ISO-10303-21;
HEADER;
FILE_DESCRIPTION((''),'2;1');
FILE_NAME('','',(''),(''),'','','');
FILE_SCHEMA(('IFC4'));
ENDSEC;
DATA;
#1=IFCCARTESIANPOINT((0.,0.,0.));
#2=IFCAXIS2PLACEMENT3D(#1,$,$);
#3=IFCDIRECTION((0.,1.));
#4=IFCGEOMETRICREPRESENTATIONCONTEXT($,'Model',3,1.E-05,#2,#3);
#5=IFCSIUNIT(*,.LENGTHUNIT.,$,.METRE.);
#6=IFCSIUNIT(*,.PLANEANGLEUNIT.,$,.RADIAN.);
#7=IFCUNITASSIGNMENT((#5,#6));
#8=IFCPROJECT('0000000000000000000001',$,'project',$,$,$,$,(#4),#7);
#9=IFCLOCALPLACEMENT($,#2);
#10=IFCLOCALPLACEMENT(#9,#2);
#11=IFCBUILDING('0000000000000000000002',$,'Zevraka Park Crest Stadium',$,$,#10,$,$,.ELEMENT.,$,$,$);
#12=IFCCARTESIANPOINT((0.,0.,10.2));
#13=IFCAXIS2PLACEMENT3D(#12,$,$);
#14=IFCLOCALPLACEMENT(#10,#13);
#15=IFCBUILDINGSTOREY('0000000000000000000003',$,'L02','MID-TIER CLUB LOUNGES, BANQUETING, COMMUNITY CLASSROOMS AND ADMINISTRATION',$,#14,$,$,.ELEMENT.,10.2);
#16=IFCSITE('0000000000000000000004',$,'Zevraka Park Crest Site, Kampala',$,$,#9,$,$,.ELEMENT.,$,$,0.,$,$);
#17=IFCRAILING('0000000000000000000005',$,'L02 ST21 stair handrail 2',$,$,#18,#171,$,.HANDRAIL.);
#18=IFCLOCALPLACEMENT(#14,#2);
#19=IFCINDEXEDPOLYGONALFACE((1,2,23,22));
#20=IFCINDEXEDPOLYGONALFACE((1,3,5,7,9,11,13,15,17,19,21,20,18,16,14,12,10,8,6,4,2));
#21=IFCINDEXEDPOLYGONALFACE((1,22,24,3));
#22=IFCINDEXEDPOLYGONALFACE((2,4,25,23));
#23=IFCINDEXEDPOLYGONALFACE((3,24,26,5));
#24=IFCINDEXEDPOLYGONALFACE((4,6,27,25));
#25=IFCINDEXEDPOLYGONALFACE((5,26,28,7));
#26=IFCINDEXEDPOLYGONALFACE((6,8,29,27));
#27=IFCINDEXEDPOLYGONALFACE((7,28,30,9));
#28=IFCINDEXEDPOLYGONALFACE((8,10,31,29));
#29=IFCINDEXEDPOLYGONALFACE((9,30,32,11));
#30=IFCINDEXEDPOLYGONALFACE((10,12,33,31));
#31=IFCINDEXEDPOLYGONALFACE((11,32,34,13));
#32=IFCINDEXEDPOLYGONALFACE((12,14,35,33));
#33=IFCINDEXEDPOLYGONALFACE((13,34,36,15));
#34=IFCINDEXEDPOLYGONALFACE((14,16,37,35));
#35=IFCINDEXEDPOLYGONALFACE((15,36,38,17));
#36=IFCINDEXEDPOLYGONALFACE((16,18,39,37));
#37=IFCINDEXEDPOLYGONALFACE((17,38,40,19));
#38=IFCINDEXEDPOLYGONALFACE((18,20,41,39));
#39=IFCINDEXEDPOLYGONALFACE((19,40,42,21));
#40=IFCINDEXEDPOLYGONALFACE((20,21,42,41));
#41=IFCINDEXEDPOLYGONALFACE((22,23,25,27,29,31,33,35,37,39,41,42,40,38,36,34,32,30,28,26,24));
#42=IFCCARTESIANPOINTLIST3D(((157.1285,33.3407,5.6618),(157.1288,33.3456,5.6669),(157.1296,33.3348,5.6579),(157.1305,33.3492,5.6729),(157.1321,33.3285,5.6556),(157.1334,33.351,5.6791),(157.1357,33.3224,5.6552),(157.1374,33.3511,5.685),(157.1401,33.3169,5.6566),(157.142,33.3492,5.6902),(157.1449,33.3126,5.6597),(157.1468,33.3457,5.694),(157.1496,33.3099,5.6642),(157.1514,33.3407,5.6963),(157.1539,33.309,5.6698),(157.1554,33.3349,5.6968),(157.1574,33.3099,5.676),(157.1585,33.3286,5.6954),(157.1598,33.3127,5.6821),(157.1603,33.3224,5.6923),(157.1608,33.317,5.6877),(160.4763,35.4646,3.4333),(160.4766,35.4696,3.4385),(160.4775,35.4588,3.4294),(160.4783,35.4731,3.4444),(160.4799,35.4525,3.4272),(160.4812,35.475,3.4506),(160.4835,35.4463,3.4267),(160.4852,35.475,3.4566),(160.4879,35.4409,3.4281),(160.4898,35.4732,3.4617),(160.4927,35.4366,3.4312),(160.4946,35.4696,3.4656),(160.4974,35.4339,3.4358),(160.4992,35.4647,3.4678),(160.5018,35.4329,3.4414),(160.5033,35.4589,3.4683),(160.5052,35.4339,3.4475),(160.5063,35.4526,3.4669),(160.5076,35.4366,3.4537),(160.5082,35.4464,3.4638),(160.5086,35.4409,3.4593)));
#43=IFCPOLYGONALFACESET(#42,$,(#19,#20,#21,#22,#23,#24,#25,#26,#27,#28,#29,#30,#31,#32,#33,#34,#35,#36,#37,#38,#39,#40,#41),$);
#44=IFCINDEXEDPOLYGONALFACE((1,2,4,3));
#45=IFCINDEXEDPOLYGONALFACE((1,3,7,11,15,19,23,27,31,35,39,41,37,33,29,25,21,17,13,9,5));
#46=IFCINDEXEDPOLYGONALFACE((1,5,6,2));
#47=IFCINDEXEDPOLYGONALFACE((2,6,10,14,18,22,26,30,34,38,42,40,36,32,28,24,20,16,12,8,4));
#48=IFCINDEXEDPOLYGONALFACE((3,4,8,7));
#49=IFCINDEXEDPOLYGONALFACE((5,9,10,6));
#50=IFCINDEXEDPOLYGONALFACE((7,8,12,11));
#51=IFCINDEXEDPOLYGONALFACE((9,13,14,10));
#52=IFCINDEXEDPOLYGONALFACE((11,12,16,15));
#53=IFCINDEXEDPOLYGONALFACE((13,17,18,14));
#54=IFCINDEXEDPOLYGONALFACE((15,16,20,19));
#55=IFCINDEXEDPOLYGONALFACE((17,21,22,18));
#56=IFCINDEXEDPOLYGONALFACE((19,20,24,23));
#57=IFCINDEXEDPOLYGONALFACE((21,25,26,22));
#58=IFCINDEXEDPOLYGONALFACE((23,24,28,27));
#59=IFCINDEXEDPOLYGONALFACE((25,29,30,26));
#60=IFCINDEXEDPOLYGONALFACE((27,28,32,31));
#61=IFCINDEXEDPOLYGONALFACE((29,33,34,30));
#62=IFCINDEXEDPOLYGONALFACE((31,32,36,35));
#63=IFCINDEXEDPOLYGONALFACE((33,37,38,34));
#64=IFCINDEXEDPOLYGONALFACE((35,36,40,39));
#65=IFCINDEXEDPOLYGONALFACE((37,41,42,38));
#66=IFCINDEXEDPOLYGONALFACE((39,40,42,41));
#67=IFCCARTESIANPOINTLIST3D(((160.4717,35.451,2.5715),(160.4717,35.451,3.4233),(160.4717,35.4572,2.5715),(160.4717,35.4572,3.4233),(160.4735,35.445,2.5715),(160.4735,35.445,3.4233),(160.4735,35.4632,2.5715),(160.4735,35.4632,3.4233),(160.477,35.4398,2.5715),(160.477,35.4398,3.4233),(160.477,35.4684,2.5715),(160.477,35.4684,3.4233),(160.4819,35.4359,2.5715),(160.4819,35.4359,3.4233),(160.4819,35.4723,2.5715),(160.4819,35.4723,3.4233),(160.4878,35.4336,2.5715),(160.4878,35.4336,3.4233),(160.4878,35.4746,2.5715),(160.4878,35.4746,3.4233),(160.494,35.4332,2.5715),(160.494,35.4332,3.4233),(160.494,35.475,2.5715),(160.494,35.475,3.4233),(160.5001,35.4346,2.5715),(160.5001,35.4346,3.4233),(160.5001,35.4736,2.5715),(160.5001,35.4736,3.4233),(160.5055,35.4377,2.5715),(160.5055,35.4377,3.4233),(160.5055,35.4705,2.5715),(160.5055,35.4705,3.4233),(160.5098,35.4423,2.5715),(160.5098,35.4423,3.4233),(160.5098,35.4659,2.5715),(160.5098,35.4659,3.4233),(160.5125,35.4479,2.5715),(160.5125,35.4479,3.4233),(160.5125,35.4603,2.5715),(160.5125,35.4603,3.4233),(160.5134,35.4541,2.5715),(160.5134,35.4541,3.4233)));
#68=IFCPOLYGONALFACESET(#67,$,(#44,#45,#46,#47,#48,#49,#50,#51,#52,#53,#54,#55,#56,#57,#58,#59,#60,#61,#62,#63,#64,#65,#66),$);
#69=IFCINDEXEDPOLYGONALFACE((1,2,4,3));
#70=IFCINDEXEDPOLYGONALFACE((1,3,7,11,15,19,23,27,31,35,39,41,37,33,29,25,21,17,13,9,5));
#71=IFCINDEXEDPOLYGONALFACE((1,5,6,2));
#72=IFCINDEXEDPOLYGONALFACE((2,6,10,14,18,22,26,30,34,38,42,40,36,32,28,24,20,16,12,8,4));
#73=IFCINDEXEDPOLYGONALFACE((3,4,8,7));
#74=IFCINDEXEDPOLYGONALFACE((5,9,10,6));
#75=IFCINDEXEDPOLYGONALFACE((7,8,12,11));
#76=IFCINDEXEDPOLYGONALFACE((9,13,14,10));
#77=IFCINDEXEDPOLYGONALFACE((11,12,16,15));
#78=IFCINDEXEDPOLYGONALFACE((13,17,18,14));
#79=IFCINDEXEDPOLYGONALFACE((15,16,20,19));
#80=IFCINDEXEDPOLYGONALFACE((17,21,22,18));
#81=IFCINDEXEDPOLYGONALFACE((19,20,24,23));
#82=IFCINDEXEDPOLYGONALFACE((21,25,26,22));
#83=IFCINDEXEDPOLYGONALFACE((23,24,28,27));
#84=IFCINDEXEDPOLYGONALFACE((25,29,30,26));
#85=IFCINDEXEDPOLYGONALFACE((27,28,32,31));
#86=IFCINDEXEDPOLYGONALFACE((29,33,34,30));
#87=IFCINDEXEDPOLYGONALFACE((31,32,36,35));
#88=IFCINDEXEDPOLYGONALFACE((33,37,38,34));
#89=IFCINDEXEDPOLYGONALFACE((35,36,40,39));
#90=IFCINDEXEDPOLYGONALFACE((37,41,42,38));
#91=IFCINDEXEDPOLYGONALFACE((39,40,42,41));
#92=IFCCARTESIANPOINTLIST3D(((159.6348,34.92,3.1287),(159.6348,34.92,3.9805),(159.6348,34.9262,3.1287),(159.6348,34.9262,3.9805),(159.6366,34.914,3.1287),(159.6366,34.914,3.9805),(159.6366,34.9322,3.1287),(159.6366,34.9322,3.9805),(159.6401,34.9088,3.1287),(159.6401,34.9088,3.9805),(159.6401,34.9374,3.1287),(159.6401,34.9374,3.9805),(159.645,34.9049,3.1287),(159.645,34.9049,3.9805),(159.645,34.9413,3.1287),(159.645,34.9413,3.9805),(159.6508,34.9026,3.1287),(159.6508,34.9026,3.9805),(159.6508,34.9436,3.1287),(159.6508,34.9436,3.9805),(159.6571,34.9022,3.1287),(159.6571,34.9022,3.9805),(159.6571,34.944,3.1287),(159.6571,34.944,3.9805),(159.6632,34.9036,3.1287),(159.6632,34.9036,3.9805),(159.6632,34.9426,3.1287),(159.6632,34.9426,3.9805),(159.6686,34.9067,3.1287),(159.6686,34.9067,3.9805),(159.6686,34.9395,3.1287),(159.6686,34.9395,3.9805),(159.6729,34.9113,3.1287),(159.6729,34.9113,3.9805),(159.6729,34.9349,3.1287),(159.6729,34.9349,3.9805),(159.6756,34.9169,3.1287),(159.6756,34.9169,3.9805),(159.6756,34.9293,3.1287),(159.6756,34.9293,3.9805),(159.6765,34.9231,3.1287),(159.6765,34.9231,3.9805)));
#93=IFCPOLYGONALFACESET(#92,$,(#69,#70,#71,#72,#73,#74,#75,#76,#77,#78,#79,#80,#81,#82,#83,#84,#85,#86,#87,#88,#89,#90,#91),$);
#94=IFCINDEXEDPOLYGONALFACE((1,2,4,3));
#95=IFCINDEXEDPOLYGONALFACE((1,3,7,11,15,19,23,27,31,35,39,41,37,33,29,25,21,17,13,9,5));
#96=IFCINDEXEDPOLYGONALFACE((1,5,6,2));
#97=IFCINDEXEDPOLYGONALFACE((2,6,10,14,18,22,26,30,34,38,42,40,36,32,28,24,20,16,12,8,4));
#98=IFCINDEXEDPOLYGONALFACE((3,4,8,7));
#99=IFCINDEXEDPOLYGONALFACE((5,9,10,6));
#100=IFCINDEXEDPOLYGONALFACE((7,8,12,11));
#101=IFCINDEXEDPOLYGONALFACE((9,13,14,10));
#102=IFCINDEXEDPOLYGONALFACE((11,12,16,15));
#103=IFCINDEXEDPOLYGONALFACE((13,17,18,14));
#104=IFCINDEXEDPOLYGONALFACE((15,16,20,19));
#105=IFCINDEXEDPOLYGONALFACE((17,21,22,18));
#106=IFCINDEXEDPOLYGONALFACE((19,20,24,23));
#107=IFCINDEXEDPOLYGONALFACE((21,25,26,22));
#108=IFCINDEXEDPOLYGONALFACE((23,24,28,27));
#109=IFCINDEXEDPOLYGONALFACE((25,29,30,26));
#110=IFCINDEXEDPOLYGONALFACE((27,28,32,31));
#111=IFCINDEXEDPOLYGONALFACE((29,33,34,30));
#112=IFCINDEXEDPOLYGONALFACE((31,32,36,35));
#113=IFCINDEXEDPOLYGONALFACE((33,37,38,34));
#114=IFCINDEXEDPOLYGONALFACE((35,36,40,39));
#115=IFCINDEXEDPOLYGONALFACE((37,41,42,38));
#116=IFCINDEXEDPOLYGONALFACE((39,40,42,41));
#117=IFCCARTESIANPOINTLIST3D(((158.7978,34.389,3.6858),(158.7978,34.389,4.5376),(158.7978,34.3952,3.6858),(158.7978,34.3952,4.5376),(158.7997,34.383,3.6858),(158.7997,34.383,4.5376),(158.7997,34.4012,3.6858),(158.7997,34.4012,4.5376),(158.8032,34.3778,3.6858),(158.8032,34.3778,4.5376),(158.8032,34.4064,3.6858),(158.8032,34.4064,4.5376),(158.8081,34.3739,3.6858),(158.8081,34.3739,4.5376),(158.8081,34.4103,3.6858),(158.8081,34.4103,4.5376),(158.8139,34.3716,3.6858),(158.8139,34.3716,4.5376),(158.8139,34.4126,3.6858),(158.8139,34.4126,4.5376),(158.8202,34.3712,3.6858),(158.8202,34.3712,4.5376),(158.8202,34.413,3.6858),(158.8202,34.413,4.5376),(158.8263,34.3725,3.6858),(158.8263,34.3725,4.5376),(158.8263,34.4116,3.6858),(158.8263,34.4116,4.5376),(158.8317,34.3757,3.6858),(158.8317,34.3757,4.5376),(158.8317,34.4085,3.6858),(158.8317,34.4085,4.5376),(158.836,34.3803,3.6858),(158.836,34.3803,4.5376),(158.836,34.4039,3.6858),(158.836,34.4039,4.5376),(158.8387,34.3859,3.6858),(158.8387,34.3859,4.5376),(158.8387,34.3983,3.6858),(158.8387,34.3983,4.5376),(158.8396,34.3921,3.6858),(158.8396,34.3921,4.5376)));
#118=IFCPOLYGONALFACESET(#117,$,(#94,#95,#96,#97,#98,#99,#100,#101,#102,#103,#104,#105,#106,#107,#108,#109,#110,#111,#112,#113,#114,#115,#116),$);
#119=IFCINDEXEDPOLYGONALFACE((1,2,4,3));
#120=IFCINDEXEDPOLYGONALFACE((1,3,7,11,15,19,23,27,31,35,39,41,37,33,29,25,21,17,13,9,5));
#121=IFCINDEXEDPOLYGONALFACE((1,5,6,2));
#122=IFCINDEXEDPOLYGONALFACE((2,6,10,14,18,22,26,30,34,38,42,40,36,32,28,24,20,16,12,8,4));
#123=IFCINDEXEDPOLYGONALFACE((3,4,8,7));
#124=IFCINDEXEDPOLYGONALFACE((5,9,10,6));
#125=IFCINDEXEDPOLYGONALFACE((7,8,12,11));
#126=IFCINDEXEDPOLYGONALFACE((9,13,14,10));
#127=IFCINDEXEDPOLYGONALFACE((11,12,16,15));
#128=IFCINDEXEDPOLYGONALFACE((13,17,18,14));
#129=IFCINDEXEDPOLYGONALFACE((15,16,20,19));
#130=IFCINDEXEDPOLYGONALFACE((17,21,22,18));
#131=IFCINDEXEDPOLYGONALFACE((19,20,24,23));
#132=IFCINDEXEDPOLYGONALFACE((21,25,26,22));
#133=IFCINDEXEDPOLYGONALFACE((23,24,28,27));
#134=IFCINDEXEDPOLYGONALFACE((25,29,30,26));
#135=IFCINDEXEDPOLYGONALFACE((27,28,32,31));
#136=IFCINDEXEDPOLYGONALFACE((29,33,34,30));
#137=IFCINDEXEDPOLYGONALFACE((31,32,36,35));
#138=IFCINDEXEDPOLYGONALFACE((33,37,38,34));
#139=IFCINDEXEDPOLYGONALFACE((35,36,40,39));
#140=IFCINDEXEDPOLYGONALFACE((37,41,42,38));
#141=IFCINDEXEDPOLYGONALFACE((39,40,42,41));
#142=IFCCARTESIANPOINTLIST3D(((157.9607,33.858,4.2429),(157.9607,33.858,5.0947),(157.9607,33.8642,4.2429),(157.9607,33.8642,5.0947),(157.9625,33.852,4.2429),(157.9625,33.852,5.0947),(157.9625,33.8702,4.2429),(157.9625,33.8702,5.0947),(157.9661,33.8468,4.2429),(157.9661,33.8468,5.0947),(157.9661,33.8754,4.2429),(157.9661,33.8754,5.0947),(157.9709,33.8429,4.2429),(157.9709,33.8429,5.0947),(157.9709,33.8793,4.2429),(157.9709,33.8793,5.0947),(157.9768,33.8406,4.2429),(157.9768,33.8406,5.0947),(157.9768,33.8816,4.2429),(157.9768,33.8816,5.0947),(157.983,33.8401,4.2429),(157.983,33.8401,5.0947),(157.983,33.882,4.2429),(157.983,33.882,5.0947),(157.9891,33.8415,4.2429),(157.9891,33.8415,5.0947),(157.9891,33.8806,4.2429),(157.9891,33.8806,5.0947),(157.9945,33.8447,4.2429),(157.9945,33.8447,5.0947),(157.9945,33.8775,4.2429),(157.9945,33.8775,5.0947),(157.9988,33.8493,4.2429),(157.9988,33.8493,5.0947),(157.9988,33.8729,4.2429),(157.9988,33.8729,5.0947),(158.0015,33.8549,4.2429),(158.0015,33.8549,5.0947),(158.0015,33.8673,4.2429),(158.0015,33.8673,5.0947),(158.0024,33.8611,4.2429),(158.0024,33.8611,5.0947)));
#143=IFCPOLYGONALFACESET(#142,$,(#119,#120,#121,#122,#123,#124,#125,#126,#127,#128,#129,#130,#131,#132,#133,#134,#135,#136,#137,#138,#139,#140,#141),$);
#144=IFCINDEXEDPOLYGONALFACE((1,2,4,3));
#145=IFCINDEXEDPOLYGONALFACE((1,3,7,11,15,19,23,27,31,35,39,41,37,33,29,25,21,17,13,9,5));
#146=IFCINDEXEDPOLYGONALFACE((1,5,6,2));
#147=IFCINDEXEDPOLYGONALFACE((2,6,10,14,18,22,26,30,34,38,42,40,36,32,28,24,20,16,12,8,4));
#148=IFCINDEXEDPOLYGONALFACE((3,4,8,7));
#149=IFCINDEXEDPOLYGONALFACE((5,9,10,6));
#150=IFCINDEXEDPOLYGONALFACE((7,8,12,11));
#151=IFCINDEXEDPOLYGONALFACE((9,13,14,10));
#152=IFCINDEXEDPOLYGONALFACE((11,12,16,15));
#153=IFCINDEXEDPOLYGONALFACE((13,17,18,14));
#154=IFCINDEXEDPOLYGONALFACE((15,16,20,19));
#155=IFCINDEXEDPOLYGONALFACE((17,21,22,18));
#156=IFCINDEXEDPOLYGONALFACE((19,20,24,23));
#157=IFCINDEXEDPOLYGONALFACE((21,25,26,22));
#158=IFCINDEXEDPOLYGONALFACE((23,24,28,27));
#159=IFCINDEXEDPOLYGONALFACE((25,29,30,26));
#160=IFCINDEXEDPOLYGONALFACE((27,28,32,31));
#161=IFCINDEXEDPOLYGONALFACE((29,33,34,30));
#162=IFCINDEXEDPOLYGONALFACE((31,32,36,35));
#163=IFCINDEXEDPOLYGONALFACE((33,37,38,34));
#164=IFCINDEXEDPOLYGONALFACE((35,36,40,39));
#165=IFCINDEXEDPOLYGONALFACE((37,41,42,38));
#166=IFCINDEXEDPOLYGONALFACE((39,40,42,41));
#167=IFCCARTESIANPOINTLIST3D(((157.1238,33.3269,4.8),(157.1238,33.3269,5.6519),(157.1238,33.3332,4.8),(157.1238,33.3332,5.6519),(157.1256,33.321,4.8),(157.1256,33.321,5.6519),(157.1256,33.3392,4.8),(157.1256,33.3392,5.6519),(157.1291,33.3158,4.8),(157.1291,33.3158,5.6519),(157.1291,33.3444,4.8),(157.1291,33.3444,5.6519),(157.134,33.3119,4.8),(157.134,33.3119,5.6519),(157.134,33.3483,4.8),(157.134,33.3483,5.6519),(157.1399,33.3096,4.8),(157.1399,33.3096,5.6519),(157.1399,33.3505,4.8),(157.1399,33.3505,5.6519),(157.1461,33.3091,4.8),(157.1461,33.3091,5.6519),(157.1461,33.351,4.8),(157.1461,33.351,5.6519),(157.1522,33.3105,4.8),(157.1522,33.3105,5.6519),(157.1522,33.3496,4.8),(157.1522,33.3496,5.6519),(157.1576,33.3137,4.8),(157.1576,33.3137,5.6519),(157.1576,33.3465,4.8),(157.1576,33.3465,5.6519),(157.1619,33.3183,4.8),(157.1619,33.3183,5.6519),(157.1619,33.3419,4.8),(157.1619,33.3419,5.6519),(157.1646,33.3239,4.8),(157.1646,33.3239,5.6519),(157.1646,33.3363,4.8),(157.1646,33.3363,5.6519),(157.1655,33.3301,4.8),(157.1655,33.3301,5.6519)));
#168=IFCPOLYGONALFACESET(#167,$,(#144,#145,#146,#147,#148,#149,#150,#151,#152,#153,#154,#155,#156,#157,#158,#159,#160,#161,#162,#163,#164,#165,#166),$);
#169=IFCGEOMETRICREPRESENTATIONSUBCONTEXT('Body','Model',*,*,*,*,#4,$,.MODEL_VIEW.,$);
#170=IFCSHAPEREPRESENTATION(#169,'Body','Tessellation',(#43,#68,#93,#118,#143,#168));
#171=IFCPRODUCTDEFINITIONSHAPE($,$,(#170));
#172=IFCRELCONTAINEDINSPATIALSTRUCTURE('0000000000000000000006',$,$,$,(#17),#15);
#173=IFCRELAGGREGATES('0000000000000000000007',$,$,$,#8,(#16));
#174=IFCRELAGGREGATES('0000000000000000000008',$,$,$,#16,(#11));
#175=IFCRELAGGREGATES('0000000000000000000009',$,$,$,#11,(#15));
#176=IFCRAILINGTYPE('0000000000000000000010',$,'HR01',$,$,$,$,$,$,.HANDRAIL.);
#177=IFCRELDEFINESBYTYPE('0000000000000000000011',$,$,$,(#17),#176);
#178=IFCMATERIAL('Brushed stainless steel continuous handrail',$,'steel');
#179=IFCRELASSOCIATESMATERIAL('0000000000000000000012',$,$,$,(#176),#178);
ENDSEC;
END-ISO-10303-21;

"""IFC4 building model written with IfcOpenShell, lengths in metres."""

from ifc_helpers import new_model, si_unit, direction, frame, origin, origin_2d, place, context, subcontext, project, spatial, circle, extrude, material, type_object, element, save


model = new_model("IFC4")

# Units and contexts
model_context = context("Model", 3, precision=1e-05, world=origin(), true_north=direction((0.0, 1.0)))
body_context = subcontext(model_context, "Body", "Model", "MODEL_VIEW")
ifc_project = project(units=[si_unit("LENGTHUNIT", "METRE"), si_unit("PLANEANGLEUNIT", "RADIAN")], contexts=[model_context])

# Site, building, storey
site_placement = place(None, origin())
site = spatial("IfcSite", under=ifc_project, at=site_placement, Name="Zevraka Park Crest Site, Kampala", CompositionType="ELEMENT", RefElevation=0.0)
building_placement = place(site_placement, origin())
building = spatial("IfcBuilding", under=site, at=building_placement, Name="Zevraka Park Crest Stadium", CompositionType="ELEMENT")
storey_placement = place(building_placement, frame((0.0, 0.0, 10.2)))
storey = spatial("IfcBuildingStorey", under=building, at=storey_placement, Name="L02", Description="MID-TIER CLUB LOUNGES, BANQUETING, COMMUNITY CLASSROOMS AND ADMINISTRATION", CompositionType="ELEMENT", Elevation=10.2)

# Railing
ifc_material_1 = material(Name="Brushed stainless steel continuous handrail", Category="steel")
railing_type_1 = type_object("IfcRailingType", Name="HR01", PredefinedType="HANDRAIL", material=ifc_material_1)
railing_1_placement = place(storey_placement, frame((160.4924, 35.4541, 2.5715)))
element("IfcRailing", 1, at=railing_1_placement, inside=storey, type_object=railing_type_1, Name="L02 ST21 stair handrail 2", PredefinedType="HANDRAIL", context=body_context, shape_type="SweptSolid", body=[
    extrude(circle(Radius=0.0239, at=origin_2d()), frame((0.0, 0.0, 0.876), z_axis=(-0.736092, -0.467002, 0.489977), x_axis=(0.535716, -0.844399, 0.0)), (0.0, 0.0, 1.0), 4.5481),
    extrude(circle(Radius=0.021, at=origin_2d()), origin(), (0.0, 0.0, 1.0), 0.8518),
    extrude(circle(Radius=0.021, at=origin_2d()), frame((-0.8369, -0.531, 0.5571)), (0.0, 0.0, 1.0), 0.8518),
    extrude(circle(Radius=0.021, at=origin_2d()), frame((-1.6738, -1.062, 1.1143)), (0.0, 0.0, 1.0), 0.8518),
    extrude(circle(Radius=0.021, at=origin_2d()), frame((-2.511, -1.593, 1.6714)), (0.0, 0.0, 1.0), 0.8518),
    extrude(circle(Radius=0.021, at=origin_2d()), frame((-3.3479, -2.124, 2.2285)), (0.0, 0.0, 1.0), 0.8518),
])

save(model, "model.ifc")
